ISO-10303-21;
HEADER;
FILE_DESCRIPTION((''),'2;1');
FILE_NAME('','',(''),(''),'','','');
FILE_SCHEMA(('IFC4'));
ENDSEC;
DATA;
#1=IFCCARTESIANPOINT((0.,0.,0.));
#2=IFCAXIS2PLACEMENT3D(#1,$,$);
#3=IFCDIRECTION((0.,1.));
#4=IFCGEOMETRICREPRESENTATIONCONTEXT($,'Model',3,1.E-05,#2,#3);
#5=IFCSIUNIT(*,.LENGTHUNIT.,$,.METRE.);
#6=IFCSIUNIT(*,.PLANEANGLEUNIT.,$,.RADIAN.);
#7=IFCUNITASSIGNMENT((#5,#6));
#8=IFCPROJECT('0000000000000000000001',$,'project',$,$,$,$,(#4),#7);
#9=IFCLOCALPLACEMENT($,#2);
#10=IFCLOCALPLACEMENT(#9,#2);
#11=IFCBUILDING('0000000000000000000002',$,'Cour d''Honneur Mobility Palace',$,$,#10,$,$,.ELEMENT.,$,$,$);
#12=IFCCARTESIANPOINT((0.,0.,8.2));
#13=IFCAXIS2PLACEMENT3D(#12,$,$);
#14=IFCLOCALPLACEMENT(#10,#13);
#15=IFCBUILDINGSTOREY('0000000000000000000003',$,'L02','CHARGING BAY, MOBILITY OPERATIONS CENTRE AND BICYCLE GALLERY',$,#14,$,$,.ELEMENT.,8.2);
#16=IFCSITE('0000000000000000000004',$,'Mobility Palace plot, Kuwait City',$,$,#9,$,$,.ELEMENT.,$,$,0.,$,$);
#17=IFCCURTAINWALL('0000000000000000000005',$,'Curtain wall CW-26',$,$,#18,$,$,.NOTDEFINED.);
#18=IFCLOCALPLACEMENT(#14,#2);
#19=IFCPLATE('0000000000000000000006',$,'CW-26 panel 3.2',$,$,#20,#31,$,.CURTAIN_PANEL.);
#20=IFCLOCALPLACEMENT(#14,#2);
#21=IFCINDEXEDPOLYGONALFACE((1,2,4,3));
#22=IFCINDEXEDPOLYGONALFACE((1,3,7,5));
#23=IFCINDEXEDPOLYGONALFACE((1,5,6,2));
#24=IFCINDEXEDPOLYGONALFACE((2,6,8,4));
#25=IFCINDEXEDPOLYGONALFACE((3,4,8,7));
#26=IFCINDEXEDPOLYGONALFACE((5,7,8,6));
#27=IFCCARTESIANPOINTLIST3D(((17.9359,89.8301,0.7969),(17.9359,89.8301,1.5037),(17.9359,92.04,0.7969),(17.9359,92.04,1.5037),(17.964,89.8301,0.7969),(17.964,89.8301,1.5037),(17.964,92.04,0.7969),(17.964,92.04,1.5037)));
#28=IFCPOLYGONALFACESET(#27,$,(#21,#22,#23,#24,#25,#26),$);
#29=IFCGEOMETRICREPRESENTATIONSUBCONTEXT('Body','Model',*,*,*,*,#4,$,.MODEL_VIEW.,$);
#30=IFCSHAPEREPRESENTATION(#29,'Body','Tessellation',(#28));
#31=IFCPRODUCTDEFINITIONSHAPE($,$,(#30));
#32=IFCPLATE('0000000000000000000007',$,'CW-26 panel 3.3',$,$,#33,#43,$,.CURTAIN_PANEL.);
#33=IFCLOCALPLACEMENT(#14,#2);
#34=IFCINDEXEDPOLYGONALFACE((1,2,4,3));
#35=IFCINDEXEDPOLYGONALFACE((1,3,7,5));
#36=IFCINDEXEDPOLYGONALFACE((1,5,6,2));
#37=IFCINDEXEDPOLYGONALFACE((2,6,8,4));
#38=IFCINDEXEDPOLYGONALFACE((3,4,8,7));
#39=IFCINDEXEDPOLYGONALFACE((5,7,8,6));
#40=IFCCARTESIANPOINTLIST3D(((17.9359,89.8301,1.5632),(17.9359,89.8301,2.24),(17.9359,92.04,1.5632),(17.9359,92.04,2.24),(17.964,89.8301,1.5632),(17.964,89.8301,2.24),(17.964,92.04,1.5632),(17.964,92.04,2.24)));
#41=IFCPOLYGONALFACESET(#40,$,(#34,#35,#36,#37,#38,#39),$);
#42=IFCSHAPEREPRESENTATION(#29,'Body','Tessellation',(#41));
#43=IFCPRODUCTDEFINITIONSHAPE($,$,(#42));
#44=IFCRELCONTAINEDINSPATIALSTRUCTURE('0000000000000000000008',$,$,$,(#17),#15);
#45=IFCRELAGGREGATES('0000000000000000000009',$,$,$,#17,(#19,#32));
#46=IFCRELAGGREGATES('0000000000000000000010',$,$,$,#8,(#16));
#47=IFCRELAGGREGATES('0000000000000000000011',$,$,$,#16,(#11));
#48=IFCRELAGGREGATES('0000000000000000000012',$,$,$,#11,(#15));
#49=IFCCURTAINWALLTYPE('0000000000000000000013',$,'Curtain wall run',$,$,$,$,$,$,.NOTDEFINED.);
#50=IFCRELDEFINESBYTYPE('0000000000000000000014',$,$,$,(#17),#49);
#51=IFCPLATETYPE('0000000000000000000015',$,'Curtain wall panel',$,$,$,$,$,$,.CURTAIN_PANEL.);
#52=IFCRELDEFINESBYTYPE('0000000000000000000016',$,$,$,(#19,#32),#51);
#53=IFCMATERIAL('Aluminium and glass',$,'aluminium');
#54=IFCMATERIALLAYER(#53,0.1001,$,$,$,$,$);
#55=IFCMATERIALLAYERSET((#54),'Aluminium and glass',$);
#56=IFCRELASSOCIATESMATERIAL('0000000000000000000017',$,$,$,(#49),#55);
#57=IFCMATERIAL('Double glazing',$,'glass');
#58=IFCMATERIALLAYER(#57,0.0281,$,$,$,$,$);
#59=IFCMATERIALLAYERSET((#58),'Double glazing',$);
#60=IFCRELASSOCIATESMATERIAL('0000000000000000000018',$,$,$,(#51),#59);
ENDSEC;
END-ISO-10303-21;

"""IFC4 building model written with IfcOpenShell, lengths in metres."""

from ifc_helpers import new_model, si_unit, direction, frame, origin, origin_2d, place, context, subcontext, project, spatial, rectangle, extrude, material, layer, layer_set, type_object, element, aggregate, save


model = new_model("IFC4")

# Units and contexts
model_context = context("Model", 3, precision=1e-05, world=origin(), true_north=direction((0.0, 1.0)))
body_context = subcontext(model_context, "Body", "Model", "MODEL_VIEW")
ifc_project = project(units=[si_unit("LENGTHUNIT", "METRE"), si_unit("PLANEANGLEUNIT", "RADIAN")], contexts=[model_context])

# Site, building, storey
site_placement = place(None, origin())
site = spatial("IfcSite", under=ifc_project, at=site_placement, Name="Mobility Palace plot, Kuwait City", CompositionType="ELEMENT", RefElevation=0.0)
building_placement = place(site_placement, origin())
building = spatial("IfcBuilding", under=site, at=building_placement, Name="Cour d'Honneur Mobility Palace", CompositionType="ELEMENT")
storey_placement = place(building_placement, frame((0.0, 0.0, 8.2)))
storey = spatial("IfcBuildingStorey", under=building, at=storey_placement, Name="L02", Description="CHARGING BAY, MOBILITY OPERATIONS CENTRE AND BICYCLE GALLERY", CompositionType="ELEMENT", Elevation=8.2)

# Shared definitions
ifc_material_1 = material(Name="Aluminium and glass", Category="aluminium")
ifc_layer_1 = layer(ifc_material_1, 0.1001)
ifc_layer_set_1 = layer_set([ifc_layer_1], Name="Aluminium and glass")
curtain_wall_type = type_object("IfcCurtainWallType", Name="Curtain wall run", PredefinedType="NOTDEFINED", material=ifc_layer_set_1)

# Curtain wall
curtain_wall_1_placement = place(storey_placement, origin())
curtain_wall_1 = element("IfcCurtainWall", 1, at=curtain_wall_1_placement, inside=storey, type_object=curtain_wall_type, Name="Curtain wall CW-26", PredefinedType="NOTDEFINED")

# Plates
ifc_material_2 = material(Name="Double glazing", Category="glass")
ifc_layer_2 = layer(ifc_material_2, 0.0281)
ifc_layer_set_2 = layer_set([ifc_layer_2], Name="Double glazing")
plate_type = type_object("IfcPlateType", Name="Curtain wall panel", PredefinedType="CURTAIN_PANEL", material=ifc_layer_set_2)
plate_1_placement = place(storey_placement, frame((17.95, 90.9351, 0.7969), z_axis=(0.0, 0.0, 1.0), x_axis=(0.0, 1.0, 0.0)))
plate_1 = element("IfcPlate", 2, at=plate_1_placement, type_object=plate_type, Name="CW-26 panel 3.2", PredefinedType="CURTAIN_PANEL", context=body_context, shape_type="SweptSolid", body=[
    extrude(rectangle(XDim=2.21, YDim=0.0281, at=origin_2d()), origin(), (0.0, 0.0, 1.0), 0.7068),
])
plate_2_placement = place(storey_placement, frame((17.95, 90.9351, 1.5632), z_axis=(0.0, 0.0, 1.0), x_axis=(0.0, 1.0, 0.0)))
plate_2 = element("IfcPlate", 3, at=plate_2_placement, type_object=plate_type, Name="CW-26 panel 3.3", PredefinedType="CURTAIN_PANEL", context=body_context, shape_type="SweptSolid", body=[
    extrude(rectangle(XDim=2.21, YDim=0.0281, at=origin_2d()), origin(), (0.0, 0.0, 1.0), 0.6768),
])
aggregate(curtain_wall_1, [plate_1, plate_2])

save(model, "model.ifc")
